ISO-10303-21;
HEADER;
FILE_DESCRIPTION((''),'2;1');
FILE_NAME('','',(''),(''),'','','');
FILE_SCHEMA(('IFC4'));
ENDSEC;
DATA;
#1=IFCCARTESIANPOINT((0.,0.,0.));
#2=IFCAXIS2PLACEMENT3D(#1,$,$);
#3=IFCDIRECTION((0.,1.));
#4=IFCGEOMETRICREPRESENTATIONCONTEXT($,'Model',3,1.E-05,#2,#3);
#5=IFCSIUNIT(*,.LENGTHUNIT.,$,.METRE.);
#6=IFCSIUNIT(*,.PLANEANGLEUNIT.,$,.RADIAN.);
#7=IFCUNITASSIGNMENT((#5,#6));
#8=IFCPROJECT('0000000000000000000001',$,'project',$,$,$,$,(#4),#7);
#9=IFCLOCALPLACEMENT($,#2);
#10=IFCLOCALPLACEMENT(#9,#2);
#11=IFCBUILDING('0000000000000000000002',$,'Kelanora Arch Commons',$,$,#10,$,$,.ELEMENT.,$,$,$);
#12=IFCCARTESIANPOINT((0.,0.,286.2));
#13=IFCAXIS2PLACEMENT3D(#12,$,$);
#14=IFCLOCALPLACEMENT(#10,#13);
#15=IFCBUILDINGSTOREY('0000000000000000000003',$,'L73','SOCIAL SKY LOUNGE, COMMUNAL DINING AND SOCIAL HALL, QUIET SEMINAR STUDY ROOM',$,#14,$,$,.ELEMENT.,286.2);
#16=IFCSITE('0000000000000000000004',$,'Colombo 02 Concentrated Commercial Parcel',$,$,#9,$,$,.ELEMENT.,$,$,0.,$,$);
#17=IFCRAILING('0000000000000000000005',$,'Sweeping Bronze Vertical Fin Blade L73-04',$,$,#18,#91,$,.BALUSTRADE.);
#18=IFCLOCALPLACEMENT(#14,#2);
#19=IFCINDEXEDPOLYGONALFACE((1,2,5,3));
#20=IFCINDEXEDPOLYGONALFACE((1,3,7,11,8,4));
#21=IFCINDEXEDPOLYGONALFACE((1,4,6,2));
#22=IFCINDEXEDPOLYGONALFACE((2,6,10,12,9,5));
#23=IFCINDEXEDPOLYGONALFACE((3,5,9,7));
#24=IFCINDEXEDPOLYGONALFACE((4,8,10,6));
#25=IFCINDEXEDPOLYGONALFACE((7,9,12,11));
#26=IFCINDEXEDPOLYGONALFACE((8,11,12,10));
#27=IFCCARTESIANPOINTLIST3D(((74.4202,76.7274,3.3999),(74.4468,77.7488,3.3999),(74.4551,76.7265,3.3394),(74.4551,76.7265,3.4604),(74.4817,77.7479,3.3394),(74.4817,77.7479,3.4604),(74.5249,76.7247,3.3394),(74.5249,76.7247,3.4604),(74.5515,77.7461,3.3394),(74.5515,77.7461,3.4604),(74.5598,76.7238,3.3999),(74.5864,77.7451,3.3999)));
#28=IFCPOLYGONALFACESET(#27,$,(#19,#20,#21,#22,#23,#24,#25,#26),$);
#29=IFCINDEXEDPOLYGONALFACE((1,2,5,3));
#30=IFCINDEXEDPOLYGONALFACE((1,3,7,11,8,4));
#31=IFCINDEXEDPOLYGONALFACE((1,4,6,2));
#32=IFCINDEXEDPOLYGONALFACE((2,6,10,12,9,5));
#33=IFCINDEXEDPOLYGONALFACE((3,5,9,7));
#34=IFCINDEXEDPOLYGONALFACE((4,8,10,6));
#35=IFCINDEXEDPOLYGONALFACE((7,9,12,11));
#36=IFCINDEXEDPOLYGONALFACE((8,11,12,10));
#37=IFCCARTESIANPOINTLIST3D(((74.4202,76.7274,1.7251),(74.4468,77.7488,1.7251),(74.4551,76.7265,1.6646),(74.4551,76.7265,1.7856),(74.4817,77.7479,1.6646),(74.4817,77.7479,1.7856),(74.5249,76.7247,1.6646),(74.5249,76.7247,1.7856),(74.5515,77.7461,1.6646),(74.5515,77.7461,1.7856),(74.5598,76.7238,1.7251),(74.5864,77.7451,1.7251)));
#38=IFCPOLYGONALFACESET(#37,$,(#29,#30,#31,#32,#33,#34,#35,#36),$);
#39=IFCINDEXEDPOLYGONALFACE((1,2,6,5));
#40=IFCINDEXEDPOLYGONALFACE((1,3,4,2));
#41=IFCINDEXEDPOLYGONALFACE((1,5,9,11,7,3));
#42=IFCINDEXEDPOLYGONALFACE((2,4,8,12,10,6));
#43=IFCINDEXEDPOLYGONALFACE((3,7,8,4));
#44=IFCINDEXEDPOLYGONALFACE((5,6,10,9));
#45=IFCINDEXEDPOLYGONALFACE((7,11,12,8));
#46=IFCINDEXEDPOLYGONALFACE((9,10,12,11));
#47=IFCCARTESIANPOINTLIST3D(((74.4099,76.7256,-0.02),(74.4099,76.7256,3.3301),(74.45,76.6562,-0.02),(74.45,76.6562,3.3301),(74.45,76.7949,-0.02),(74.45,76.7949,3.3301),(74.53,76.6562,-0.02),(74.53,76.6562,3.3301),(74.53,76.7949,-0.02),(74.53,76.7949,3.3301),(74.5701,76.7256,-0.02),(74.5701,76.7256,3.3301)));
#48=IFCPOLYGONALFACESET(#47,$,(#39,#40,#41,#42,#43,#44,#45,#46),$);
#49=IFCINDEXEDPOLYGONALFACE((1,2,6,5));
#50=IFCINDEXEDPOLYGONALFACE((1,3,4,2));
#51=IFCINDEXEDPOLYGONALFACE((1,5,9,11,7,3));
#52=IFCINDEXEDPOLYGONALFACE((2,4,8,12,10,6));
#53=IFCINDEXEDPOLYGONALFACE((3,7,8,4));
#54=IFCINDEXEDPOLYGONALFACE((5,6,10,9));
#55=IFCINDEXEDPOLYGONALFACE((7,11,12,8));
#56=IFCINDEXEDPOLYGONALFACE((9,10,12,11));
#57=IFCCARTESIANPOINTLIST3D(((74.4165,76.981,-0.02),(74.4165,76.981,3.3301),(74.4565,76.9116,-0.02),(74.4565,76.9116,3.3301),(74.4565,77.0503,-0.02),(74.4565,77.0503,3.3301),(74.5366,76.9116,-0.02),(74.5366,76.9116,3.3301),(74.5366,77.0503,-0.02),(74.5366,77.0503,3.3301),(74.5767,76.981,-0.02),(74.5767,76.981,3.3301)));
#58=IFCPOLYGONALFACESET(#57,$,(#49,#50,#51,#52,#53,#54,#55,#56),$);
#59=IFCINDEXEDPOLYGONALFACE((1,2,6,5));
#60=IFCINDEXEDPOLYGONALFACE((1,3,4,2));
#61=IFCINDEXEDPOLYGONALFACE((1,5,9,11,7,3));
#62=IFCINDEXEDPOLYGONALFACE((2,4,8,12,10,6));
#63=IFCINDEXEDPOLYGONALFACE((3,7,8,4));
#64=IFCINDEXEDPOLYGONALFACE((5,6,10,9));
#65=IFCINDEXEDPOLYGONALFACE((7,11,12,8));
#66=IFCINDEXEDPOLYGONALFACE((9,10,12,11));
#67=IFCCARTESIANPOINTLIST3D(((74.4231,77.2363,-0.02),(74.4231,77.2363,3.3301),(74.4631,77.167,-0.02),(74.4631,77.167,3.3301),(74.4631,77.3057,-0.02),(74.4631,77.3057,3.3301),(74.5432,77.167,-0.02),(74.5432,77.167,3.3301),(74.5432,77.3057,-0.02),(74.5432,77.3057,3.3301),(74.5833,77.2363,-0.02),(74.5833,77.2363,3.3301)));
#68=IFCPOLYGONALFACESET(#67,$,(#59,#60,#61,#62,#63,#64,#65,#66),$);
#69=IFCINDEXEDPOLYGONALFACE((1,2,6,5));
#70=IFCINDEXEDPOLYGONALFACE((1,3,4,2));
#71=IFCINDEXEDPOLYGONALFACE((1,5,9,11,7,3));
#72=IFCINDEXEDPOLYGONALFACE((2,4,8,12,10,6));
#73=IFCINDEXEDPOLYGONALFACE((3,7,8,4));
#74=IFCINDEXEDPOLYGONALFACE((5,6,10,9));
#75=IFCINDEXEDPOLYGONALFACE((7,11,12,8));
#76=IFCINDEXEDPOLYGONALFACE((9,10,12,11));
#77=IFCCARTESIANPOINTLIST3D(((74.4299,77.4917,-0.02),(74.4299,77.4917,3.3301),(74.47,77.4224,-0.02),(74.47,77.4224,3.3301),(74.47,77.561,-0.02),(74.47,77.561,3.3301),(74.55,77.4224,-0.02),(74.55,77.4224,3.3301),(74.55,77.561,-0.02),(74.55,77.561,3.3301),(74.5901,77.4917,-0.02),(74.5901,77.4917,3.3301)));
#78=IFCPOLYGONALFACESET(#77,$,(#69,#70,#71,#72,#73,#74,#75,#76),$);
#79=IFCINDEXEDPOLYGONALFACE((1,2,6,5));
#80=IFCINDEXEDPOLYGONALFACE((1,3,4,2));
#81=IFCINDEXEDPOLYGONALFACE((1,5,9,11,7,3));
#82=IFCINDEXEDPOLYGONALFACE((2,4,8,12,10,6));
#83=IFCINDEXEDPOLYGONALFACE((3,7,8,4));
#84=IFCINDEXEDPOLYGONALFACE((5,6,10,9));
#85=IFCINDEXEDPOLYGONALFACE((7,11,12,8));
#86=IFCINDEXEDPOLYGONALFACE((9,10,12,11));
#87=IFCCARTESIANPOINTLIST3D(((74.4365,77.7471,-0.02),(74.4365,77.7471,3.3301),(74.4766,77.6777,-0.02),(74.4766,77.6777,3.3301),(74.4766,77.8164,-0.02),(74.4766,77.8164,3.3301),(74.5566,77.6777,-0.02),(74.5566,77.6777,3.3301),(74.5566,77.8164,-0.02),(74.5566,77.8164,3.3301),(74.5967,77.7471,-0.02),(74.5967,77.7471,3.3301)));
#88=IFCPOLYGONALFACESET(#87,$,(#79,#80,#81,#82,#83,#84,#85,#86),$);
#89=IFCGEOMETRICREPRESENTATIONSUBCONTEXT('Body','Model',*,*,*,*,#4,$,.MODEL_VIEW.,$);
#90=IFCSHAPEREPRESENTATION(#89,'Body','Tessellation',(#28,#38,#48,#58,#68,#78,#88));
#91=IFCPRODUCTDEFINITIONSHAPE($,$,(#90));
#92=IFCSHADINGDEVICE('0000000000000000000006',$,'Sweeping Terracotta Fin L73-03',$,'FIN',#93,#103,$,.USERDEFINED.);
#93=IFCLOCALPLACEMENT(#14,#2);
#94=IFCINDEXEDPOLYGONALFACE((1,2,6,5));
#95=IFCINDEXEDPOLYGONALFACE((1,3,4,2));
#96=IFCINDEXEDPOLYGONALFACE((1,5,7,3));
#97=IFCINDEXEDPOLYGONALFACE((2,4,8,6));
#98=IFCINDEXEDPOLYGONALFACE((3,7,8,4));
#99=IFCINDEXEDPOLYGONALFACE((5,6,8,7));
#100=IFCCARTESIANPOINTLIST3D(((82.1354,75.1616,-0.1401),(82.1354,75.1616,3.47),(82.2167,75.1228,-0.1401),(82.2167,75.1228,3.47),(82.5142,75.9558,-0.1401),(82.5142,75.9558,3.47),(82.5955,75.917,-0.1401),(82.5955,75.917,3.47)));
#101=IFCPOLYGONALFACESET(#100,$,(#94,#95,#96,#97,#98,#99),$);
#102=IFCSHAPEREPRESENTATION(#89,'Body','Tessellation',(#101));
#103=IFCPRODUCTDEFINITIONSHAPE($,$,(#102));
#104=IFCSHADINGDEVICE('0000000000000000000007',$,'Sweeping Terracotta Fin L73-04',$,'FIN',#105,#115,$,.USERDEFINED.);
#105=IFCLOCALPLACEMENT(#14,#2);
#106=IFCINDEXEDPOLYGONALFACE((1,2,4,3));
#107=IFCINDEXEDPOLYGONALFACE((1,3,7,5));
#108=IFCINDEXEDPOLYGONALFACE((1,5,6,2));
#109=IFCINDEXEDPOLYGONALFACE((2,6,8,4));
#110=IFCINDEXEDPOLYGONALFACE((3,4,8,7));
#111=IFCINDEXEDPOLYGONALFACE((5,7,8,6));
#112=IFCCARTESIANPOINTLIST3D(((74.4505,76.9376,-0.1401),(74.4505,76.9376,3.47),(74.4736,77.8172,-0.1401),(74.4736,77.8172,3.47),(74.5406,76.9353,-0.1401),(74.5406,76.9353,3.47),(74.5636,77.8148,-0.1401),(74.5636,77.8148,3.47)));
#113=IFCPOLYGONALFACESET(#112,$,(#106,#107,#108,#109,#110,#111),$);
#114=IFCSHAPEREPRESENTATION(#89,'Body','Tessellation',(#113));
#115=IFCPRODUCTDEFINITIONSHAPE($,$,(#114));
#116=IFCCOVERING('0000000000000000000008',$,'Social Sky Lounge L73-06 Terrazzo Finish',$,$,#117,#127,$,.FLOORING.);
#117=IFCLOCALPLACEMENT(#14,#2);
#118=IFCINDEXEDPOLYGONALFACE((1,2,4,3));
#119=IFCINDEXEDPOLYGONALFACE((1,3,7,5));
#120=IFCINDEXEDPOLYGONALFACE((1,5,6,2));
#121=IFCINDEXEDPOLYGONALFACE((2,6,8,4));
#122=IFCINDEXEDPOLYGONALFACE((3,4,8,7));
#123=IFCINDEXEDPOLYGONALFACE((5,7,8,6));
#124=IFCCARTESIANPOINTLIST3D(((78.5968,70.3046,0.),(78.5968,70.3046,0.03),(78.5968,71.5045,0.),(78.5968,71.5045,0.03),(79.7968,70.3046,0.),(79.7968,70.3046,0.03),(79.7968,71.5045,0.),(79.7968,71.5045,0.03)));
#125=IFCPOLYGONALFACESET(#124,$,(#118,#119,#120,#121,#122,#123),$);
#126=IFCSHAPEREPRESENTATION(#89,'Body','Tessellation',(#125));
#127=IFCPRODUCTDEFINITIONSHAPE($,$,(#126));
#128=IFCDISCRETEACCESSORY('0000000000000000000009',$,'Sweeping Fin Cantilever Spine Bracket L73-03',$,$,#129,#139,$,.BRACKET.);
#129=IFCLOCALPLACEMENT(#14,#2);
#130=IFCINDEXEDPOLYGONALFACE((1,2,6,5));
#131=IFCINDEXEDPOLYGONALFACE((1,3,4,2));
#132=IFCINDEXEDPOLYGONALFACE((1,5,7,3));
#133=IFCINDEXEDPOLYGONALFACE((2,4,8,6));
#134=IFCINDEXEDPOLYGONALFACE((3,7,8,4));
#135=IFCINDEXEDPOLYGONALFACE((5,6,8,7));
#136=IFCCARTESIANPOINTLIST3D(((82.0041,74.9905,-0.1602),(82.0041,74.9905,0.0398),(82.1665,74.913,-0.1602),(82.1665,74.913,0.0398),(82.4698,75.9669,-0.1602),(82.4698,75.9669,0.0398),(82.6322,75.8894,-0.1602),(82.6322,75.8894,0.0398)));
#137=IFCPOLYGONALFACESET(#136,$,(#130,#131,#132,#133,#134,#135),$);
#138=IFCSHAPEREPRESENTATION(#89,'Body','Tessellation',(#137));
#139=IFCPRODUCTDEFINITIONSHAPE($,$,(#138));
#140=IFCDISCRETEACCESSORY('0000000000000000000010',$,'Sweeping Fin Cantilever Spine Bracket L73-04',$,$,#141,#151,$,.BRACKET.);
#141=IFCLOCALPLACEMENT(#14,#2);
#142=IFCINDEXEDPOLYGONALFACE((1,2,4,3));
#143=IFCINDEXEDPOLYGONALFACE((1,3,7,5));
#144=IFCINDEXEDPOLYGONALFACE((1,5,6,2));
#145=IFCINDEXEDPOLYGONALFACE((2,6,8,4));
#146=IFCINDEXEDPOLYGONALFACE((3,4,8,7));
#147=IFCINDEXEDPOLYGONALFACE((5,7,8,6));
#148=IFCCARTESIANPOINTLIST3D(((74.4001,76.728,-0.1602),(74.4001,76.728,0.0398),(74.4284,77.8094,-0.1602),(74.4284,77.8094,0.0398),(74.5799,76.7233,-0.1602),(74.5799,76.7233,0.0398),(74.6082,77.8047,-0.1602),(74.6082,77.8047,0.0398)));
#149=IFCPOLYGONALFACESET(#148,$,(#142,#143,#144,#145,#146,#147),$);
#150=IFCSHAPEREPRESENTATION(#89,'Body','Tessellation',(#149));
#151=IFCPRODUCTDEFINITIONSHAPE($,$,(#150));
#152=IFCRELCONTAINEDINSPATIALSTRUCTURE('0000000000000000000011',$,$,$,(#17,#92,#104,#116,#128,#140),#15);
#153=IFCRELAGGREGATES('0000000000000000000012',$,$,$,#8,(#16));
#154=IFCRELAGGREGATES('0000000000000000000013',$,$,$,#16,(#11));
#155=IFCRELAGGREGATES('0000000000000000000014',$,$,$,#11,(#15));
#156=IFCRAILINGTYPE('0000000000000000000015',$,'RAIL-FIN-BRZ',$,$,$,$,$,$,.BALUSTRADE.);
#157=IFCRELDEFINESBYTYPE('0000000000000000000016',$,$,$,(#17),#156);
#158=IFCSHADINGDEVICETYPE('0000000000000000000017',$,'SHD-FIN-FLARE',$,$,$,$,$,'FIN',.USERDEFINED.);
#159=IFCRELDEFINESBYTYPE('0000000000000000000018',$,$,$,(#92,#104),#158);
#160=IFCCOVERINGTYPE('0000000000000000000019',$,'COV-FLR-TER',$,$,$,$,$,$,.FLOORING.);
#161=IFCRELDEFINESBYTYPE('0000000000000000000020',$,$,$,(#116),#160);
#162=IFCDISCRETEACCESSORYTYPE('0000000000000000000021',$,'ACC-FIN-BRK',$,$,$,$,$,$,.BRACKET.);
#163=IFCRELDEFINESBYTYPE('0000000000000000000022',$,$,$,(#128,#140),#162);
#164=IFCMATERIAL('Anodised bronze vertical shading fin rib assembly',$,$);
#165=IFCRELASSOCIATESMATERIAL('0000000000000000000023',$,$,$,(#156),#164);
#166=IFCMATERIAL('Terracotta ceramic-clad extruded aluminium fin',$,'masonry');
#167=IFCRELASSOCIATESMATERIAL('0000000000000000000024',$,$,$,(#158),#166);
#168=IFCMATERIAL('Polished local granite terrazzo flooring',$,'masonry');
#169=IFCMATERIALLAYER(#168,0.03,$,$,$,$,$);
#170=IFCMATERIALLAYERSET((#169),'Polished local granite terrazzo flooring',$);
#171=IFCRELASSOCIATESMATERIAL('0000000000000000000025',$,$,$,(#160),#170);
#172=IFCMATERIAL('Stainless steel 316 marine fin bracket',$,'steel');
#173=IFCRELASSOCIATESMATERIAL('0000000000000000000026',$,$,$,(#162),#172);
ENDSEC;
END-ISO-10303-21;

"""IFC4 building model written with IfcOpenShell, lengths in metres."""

from ifc_helpers import new_model, si_unit, direction, frame, origin, origin_2d, place, context, subcontext, project, spatial, polyline, rectangle, outline, extrude, source, transform, mapped, material, layer, layer_set, type_object, element, save


model = new_model("IFC4")

# Units and contexts
model_context = context("Model", 3, precision=1e-05, world=origin(), true_north=direction((0.0, 1.0)))
body_context = subcontext(model_context, "Body", "Model", "MODEL_VIEW")
ifc_project = project(units=[si_unit("LENGTHUNIT", "METRE"), si_unit("PLANEANGLEUNIT", "RADIAN")], contexts=[model_context])

# Site, building, storey
site_placement = place(None, origin())
site = spatial("IfcSite", under=ifc_project, at=site_placement, Name="Colombo 02 Concentrated Commercial Parcel", CompositionType="ELEMENT", RefElevation=0.0)
building_placement = place(site_placement, origin())
building = spatial("IfcBuilding", under=site, at=building_placement, Name="Kelanora Arch Commons", CompositionType="ELEMENT")
storey_placement = place(building_placement, frame((0.0, 0.0, 286.2)))
storey = spatial("IfcBuildingStorey", under=building, at=storey_placement, Name="L73", Description="SOCIAL SKY LOUNGE, COMMUNAL DINING AND SOCIAL HALL, QUIET SEMINAR STUDY ROOM", CompositionType="ELEMENT", Elevation=286.2)

# Railing
ifc_material_1 = material(Name="Anodised bronze vertical shading fin rib assembly")
railing_type = type_object("IfcRailingType", Name="RAIL-FIN-BRZ", PredefinedType="BALUSTRADE", material=ifc_material_1)
railing_1_placement = place(storey_placement, frame((74.49, 76.7256, -0.02)))
element("IfcRailing", 1, at=railing_1_placement, inside=storey, type_object=railing_type, Name="Sweeping Bronze Vertical Fin Blade L73-04", PredefinedType="BALUSTRADE", context=body_context, shape_type="SweptSolid", body=[
    extrude(outline(polyline([(0.0698, 0.0), (0.0349, 0.0605), (-0.0349, 0.0605), (-0.0698, 0.0), (-0.0349, -0.0605), (0.0349, -0.0605), (0.0698, 0.0)])), frame((0.0, 0.0, 3.4199), z_axis=(0.026043, 0.999661, 0.0), x_axis=(-0.999661, 0.026043, 0.0)), (0.0, 0.0, 1.0), 1.0217),
    extrude(outline(polyline([(0.0698, 0.0), (0.0349, 0.0605), (-0.0349, 0.0605), (-0.0698, 0.0), (-0.0349, -0.0605), (0.0349, -0.0605), (0.0698, 0.0)])), frame((0.0, 0.0, 1.7451), z_axis=(0.026043, 0.999661, 0.0), x_axis=(-0.999661, 0.026043, 0.0)), (0.0, 0.0, 1.0), 1.0217),
    extrude(outline(polyline([(0.0801, 0.0), (0.04, 0.0693), (-0.04, 0.0693), (-0.0801, 0.0), (-0.04, -0.0693), (0.04, -0.0693), (0.0801, 0.0)])), origin(), (0.0, 0.0, 1.0), 3.3501),
    extrude(outline(polyline([(0.0801, 0.0), (0.04, 0.0693), (-0.04, 0.0693), (-0.0801, 0.0), (-0.04, -0.0693), (0.04, -0.0693), (0.0801, 0.0)])), frame((0.0066, 0.2554, 0.0)), (0.0, 0.0, 1.0), 3.3501),
    extrude(outline(polyline([(0.0801, 0.0), (0.04, 0.0693), (-0.04, 0.0693), (-0.0801, 0.0), (-0.04, -0.0693), (0.04, -0.0693), (0.0801, 0.0)])), frame((0.0132, 0.5107, 0.0)), (0.0, 0.0, 1.0), 3.3501),
    extrude(outline(polyline([(0.0801, 0.0), (0.04, 0.0693), (-0.04, 0.0693), (-0.0801, 0.0), (-0.04, -0.0693), (0.04, -0.0693), (0.0801, 0.0)])), frame((0.02, 0.7661, 0.0)), (0.0, 0.0, 1.0), 3.3501),
    extrude(outline(polyline([(0.0801, 0.0), (0.04, 0.0693), (-0.04, 0.0693), (-0.0801, 0.0), (-0.04, -0.0693), (0.04, -0.0693), (0.0801, 0.0)])), frame((0.0266, 1.0215, 0.0)), (0.0, 0.0, 1.0), 3.3501),
])

# Shading devices
ifc_material_2 = material(Name="Terracotta ceramic-clad extruded aluminium fin", Category="masonry")
shading_device_type = type_object("IfcShadingDeviceType", Name="SHD-FIN-FLARE", ElementType="FIN", PredefinedType="USERDEFINED", material=ifc_material_2)
shared_shape_1 = source(origin(), body_context, "Body", "SweptSolid", [
    extrude(rectangle(XDim=0.8799, YDim=0.0901, at=origin_2d()), origin(), (0.0, 0.0, 1.0), 3.6101),
])
for number, where, z_axis, x_axis, name in (
    (2, (82.3655, 75.5393, -0.1401), (0.0, 0.0, 1.0), (0.430511, 0.902585, 0.0), "Sweeping Terracotta Fin L73-03"),
    (3, (74.5071, 77.3762, -0.1401), (0.0, 0.0, 1.0), (0.026177, 0.999657, 0.0), "Sweeping Terracotta Fin L73-04"),
):
    element("IfcShadingDevice", number, at=place(storey_placement, frame(where, z_axis=z_axis, x_axis=x_axis)), inside=storey, type_object=shading_device_type, Name=name, ObjectType="FIN", PredefinedType="USERDEFINED", context=body_context, shape_type="MappedRepresentation", body=[
        mapped(shared_shape_1, transform((0.0, 0.0, 0.0), scale=1.0)),
    ])

# Covering
ifc_material_3 = material(Name="Polished local granite terrazzo flooring", Category="masonry")
ifc_layer_1 = layer(ifc_material_3, 0.03)
ifc_layer_set_1 = layer_set([ifc_layer_1], Name="Polished local granite terrazzo flooring")
covering_type = type_object("IfcCoveringType", Name="COV-FLR-TER", PredefinedType="FLOORING", material=ifc_layer_set_1)
shared_shape_2 = source(origin(), body_context, "Body", "SweptSolid", [
    extrude(rectangle(XDim=1.2, YDim=1.2, at=origin_2d()), origin(), (0.0, 0.0, 1.0), 0.03),
])
covering_placement = place(storey_placement, frame((79.1968, 70.9045, 0.0), z_axis=(0.0, 0.0, 1.0), x_axis=(1.0, 0.0, 0.0)))
element("IfcCovering", 4, at=covering_placement, inside=storey, type_object=covering_type, Name="Social Sky Lounge L73-06 Terrazzo Finish", PredefinedType="FLOORING", context=body_context, shape_type="MappedRepresentation", body=[
    mapped(shared_shape_2, transform((0.0, 0.0, 0.0), scale=1.0)),
])

# Discrete accessories
ifc_material_4 = material(Name="Stainless steel 316 marine fin bracket", Category="steel")
discrete_accessory_type = type_object("IfcDiscreteAccessoryType", Name="ACC-FIN-BRK", PredefinedType="BRACKET", material=ifc_material_4)
shared_shape_3 = source(origin(), body_context, "Body", "SweptSolid", [
    extrude(rectangle(XDim=1.0818, YDim=0.1799, at=origin_2d()), origin(), (0.0, 0.0, 1.0), 0.2),
])
for number, where, z_axis, x_axis, name in (
    (5, (82.3181, 75.4399, -0.1602), (0.0, 0.0, 1.0), (0.430511, 0.902585, 0.0), "Sweeping Fin Cantilever Spine Bracket L73-03"),
    (6, (74.5042, 77.2664, -0.1602), (0.0, 0.0, 1.0), (0.026177, 0.999657, 0.0), "Sweeping Fin Cantilever Spine Bracket L73-04"),
):
    element("IfcDiscreteAccessory", number, at=place(storey_placement, frame(where, z_axis=z_axis, x_axis=x_axis)), inside=storey, type_object=discrete_accessory_type, Name=name, PredefinedType="BRACKET", context=body_context, shape_type="MappedRepresentation", body=[
        mapped(shared_shape_3, transform((0.0, 0.0, 0.0), scale=1.0)),
    ])

save(model, "model.ifc")
